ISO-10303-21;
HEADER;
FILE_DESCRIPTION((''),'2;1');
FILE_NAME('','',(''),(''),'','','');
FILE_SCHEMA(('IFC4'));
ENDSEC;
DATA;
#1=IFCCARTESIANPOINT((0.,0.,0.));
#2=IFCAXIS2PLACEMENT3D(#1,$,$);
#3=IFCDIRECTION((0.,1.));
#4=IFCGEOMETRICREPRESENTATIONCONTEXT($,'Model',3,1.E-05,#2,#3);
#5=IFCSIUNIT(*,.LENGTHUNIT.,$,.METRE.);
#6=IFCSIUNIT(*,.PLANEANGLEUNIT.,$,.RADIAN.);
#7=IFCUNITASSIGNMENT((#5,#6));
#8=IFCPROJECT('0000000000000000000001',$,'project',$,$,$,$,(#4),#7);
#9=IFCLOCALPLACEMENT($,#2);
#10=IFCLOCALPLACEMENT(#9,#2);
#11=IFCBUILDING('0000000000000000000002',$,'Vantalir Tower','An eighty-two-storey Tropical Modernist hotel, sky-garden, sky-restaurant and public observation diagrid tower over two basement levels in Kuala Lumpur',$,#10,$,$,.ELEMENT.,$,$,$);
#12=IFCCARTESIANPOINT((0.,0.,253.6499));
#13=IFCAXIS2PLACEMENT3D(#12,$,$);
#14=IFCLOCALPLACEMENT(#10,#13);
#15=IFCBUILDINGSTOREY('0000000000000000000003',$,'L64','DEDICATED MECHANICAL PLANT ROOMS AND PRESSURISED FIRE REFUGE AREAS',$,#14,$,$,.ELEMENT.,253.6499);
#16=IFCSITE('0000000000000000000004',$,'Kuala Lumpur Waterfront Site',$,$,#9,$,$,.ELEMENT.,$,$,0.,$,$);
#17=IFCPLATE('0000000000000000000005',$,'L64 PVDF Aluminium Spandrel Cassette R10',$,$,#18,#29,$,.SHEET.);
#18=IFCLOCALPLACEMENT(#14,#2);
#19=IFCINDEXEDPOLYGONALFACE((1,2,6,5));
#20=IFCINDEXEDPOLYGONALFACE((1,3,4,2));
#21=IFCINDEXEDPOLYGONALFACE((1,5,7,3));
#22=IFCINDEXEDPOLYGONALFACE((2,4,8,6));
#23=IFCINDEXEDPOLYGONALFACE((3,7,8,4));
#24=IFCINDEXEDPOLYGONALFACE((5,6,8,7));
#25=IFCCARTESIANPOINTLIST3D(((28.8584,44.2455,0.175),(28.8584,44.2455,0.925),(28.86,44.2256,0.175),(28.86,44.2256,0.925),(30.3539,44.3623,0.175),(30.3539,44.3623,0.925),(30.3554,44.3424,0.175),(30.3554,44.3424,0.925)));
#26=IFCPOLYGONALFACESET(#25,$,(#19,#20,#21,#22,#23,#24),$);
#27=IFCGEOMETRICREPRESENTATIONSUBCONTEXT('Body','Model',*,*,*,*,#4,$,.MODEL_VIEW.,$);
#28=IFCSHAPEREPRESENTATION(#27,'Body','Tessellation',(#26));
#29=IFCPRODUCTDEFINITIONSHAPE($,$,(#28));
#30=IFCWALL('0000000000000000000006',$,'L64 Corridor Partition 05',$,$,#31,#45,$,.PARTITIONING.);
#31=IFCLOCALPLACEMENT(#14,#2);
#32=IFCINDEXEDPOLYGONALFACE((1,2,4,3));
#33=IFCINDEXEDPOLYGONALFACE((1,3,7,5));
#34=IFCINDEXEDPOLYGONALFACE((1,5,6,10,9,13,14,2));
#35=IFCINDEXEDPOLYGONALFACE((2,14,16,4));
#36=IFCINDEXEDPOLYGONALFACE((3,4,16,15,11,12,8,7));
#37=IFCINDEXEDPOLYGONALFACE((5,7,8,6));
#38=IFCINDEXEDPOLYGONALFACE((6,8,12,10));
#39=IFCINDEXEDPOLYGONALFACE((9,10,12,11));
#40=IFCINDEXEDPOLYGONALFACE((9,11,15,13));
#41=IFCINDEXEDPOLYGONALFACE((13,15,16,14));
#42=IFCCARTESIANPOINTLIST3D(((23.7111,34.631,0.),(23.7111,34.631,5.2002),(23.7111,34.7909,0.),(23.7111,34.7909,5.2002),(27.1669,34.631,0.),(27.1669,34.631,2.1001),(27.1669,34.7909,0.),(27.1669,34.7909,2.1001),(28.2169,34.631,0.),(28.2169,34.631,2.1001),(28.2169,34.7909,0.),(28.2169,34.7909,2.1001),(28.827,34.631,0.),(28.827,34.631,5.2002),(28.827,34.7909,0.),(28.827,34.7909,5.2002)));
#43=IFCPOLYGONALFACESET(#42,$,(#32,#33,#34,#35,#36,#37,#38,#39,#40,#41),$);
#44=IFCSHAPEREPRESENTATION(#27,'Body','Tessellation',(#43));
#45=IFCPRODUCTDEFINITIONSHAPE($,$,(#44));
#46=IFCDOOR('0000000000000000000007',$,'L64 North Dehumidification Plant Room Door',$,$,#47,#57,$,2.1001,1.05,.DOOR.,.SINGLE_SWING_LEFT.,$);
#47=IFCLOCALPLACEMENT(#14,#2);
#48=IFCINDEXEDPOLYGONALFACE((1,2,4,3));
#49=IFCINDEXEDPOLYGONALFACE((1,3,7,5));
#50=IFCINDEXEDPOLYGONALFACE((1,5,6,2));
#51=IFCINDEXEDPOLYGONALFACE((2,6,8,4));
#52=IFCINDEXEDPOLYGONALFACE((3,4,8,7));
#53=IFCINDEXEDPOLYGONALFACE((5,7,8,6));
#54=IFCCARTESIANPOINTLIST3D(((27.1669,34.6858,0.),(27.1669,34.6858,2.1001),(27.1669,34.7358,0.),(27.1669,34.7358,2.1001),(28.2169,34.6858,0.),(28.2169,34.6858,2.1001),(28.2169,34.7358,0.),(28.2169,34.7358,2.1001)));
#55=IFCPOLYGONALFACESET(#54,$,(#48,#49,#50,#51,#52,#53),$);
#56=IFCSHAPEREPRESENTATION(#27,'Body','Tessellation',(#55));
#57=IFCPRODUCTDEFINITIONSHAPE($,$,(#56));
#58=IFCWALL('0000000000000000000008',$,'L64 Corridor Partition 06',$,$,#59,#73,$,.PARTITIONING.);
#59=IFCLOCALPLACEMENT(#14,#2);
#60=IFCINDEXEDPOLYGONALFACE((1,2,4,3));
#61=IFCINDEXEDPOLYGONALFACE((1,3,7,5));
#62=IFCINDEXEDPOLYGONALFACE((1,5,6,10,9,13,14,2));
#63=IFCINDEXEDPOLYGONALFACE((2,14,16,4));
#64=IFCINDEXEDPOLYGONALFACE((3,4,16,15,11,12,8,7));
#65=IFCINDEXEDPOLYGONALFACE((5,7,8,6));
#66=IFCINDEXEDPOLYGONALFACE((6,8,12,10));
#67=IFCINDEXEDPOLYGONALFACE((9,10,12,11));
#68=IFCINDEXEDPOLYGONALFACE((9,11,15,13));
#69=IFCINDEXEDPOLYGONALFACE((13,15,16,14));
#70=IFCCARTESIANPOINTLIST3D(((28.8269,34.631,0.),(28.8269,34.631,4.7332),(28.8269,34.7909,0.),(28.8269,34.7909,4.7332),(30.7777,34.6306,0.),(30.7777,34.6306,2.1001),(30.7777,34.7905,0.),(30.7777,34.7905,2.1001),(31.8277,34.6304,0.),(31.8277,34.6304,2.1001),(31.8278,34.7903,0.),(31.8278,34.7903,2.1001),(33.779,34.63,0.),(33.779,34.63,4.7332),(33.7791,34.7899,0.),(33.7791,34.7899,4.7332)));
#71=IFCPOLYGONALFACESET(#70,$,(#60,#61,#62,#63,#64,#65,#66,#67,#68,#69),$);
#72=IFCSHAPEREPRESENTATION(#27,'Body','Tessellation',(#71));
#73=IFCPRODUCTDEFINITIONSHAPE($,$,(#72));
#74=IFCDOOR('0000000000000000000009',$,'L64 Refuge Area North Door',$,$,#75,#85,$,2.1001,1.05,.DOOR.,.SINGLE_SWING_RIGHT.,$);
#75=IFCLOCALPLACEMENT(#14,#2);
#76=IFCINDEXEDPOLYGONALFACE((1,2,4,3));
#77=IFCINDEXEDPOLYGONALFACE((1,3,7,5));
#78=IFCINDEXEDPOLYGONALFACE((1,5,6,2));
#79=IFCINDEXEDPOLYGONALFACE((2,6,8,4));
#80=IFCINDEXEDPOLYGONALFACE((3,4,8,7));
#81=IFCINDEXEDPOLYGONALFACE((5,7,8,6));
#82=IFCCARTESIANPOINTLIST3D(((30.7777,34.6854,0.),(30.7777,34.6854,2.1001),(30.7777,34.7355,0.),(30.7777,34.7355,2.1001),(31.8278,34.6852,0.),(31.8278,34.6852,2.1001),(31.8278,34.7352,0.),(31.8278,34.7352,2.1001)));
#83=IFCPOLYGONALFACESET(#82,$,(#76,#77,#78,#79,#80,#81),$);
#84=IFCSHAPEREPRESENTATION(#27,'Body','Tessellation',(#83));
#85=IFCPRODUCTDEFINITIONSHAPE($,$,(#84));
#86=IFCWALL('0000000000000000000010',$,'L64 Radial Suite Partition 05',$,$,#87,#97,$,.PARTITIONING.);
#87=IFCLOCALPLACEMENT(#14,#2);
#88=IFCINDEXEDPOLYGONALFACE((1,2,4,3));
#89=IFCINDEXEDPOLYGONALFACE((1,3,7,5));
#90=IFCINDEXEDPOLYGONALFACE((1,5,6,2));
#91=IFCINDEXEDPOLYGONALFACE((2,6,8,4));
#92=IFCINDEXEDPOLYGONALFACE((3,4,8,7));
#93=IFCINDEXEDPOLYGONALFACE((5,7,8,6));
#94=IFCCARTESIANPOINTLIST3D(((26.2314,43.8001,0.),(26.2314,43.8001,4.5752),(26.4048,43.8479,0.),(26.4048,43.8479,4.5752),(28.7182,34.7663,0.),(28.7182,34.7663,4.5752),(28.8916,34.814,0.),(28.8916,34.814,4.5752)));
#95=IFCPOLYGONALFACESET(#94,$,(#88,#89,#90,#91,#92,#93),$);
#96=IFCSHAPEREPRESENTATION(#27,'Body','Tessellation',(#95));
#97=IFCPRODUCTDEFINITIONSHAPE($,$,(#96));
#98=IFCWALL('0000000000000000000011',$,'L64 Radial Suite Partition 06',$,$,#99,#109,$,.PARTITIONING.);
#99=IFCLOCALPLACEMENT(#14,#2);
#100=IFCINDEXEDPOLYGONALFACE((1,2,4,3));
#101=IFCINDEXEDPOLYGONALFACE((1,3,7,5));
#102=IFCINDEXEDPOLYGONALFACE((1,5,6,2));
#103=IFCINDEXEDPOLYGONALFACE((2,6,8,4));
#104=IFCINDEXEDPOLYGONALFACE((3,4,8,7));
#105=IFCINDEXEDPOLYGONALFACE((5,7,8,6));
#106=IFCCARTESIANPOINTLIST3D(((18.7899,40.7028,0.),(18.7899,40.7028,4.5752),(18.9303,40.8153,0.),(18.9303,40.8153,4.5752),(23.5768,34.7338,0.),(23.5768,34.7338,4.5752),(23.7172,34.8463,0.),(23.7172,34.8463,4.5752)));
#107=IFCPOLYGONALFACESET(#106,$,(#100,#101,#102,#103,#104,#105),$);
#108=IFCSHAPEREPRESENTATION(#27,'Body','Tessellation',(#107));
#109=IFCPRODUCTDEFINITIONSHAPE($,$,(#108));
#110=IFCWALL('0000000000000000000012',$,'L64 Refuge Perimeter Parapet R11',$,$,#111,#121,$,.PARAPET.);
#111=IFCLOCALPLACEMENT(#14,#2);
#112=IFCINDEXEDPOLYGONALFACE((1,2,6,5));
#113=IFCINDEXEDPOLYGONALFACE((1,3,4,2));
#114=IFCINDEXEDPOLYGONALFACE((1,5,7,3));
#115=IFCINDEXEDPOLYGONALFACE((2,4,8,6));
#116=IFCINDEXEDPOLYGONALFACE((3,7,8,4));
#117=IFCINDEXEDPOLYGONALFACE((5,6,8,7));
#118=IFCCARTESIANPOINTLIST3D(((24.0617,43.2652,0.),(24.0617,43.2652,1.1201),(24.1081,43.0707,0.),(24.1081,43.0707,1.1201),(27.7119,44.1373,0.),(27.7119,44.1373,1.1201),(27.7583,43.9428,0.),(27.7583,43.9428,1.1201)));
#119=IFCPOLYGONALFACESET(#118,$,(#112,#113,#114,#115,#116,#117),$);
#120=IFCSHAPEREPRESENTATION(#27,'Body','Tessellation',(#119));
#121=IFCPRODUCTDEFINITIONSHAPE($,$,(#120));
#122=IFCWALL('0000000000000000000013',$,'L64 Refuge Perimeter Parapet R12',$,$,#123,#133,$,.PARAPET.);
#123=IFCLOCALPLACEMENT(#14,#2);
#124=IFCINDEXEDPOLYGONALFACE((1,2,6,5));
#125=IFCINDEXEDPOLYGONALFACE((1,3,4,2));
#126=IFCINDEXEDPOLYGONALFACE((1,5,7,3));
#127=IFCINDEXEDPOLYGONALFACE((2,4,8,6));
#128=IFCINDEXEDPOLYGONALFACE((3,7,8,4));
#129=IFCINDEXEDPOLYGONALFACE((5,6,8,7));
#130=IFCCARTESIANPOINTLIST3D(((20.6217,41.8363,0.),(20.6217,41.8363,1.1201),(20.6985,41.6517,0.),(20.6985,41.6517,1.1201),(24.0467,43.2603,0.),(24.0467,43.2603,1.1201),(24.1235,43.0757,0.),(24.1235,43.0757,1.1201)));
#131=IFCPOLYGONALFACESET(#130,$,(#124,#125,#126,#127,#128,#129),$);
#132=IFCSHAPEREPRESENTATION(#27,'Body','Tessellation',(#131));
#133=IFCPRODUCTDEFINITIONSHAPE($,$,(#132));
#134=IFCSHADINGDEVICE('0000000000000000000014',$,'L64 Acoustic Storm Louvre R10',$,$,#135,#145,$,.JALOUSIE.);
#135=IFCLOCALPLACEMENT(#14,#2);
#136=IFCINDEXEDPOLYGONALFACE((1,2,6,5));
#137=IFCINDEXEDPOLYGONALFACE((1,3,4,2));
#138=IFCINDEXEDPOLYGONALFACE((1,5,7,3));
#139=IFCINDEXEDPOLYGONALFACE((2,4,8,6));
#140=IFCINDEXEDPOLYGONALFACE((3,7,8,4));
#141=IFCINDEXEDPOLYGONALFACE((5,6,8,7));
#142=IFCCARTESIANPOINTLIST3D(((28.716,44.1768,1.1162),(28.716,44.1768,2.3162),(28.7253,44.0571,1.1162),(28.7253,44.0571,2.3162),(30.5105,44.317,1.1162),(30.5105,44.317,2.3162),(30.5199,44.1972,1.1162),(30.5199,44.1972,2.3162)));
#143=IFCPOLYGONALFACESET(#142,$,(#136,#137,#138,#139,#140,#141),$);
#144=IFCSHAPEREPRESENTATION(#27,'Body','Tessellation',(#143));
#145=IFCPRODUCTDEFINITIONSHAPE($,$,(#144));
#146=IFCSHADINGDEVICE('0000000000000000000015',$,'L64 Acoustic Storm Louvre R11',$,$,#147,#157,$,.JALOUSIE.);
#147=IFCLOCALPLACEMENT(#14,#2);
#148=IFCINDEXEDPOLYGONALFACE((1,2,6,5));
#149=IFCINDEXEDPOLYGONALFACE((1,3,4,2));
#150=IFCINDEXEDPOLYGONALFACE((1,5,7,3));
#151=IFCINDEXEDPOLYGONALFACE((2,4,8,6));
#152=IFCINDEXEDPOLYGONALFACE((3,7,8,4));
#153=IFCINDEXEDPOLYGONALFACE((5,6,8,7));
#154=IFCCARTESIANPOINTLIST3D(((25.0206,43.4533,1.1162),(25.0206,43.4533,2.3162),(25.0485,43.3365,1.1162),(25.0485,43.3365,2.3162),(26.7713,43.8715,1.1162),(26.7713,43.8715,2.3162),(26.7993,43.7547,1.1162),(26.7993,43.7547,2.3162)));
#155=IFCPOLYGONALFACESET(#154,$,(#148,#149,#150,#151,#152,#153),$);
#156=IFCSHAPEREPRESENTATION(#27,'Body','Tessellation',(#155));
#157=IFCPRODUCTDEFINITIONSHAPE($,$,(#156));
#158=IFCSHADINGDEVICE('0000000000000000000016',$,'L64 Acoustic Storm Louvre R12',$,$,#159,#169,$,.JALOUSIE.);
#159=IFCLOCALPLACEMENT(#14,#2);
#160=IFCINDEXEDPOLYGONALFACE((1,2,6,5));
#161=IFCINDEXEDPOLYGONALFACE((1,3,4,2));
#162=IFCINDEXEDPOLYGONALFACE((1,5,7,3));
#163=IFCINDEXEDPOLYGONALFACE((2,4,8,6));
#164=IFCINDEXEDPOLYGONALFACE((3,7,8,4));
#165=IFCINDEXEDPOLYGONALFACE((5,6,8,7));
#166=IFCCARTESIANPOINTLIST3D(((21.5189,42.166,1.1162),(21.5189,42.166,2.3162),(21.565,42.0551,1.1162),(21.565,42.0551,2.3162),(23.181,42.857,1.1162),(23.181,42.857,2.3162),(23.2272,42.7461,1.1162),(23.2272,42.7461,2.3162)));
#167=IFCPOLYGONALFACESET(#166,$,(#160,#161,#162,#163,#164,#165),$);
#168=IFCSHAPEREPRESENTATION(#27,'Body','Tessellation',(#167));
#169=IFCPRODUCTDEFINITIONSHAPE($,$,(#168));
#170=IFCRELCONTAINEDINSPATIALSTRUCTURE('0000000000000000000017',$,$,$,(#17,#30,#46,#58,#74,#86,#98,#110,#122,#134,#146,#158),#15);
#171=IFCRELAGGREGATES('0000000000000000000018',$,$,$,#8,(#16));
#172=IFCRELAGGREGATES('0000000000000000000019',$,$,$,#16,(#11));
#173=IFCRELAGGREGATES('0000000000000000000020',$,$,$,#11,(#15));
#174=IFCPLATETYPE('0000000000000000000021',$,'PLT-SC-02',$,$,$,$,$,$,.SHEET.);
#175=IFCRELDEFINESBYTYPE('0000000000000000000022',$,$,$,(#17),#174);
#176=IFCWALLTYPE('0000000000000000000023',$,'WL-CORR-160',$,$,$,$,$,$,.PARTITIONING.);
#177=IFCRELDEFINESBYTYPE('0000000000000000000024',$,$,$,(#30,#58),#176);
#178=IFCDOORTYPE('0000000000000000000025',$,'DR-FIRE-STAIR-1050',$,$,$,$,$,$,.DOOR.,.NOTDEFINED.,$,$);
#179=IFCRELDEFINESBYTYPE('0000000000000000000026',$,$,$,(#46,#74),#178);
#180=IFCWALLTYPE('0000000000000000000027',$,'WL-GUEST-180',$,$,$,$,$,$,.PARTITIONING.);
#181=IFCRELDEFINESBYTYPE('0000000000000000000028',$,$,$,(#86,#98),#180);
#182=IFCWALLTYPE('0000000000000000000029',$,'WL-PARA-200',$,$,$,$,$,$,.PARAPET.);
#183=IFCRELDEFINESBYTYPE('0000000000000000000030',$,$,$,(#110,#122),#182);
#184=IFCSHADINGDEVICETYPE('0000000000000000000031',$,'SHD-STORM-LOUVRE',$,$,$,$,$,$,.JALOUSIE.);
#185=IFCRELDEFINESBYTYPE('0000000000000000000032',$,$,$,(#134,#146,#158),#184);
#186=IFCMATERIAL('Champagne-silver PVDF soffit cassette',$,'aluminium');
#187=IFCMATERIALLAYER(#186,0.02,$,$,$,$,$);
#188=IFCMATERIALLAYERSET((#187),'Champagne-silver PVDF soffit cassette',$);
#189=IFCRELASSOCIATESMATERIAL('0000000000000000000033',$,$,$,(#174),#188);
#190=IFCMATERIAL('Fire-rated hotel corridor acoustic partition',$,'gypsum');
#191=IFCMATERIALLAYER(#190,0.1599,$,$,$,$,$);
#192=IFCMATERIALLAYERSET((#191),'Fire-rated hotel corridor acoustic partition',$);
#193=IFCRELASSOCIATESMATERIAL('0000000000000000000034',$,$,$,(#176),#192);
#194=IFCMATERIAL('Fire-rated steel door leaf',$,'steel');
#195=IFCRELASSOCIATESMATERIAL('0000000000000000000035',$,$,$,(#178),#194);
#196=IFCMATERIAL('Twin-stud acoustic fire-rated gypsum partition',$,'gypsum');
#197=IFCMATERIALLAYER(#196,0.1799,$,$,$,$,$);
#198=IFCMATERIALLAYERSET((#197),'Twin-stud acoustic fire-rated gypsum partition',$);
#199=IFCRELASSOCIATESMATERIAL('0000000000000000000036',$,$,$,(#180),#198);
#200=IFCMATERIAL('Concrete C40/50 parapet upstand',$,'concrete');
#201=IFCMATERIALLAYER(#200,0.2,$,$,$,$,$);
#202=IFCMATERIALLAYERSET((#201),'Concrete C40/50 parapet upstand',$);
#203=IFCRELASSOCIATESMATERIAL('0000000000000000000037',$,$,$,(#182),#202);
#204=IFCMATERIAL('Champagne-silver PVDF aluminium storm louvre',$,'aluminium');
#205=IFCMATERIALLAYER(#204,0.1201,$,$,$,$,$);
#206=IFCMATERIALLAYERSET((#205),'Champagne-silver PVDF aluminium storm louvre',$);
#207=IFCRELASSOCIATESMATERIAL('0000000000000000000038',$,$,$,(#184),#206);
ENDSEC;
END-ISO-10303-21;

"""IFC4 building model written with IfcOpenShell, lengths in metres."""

from ifc_helpers import new_model, si_unit, direction, frame, frame_2d, origin, origin_2d, place, context, subcontext, project, spatial, rectangle, extrude, material, layer, layer_set, type_object, element, fill, save


model = new_model("IFC4")

# Units and contexts
model_context = context("Model", 3, precision=1e-05, world=origin(), true_north=direction((0.0, 1.0)))
body_context = subcontext(model_context, "Body", "Model", "MODEL_VIEW")
ifc_project = project(units=[si_unit("LENGTHUNIT", "METRE"), si_unit("PLANEANGLEUNIT", "RADIAN")], contexts=[model_context])

# Site, building, storey
site_placement = place(None, origin())
site = spatial("IfcSite", under=ifc_project, at=site_placement, Name="Kuala Lumpur Waterfront Site", CompositionType="ELEMENT", RefElevation=0.0)
building_placement = place(site_placement, origin())
building = spatial("IfcBuilding", under=site, at=building_placement, Name="Vantalir Tower", Description="An eighty-two-storey Tropical Modernist hotel, sky-garden, sky-restaurant and public observation diagrid tower over two basement levels in Kuala Lumpur", CompositionType="ELEMENT")
storey_placement = place(building_placement, frame((0.0, 0.0, 253.6499)))
storey = spatial("IfcBuildingStorey", under=building, at=storey_placement, Name="L64", Description="DEDICATED MECHANICAL PLANT ROOMS AND PRESSURISED FIRE REFUGE AREAS", CompositionType="ELEMENT", Elevation=253.6499)

# Plate
ifc_material_1 = material(Name="Champagne-silver PVDF soffit cassette", Category="aluminium")
ifc_layer_1 = layer(ifc_material_1, 0.02)
ifc_layer_set_1 = layer_set([ifc_layer_1], Name="Champagne-silver PVDF soffit cassette")
plate_type_1 = type_object("IfcPlateType", Name="PLT-SC-02", PredefinedType="SHEET", material=ifc_layer_set_1)
plate_1_placement = place(storey_placement, frame((29.6069, 44.2939, 0.175), z_axis=(0.0, 0.0, 1.0), x_axis=(-0.996965, -0.07785, 0.0)))
element("IfcPlate", 1, at=plate_1_placement, inside=storey, type_object=plate_type_1, Name="L64 PVDF Aluminium Spandrel Cassette R10", PredefinedType="SHEET", context=body_context, shape_type="SweptSolid", body=[
    extrude(rectangle(XDim=1.5, YDim=0.02, at=origin_2d()), origin(), (0.0, 0.0, 1.0), 0.75),
])

# Walls, openings, doors
ifc_material_2 = material(Name="Fire-rated hotel corridor acoustic partition", Category="gypsum")
ifc_layer_2 = layer(ifc_material_2, 0.1599)
ifc_layer_set_2 = layer_set([ifc_layer_2], Name="Fire-rated hotel corridor acoustic partition")
wall_type_1 = type_object("IfcWallType", Name="WL-CORR-160", PredefinedType="PARTITIONING", material=ifc_layer_set_2)
wall_1_placement = place(storey_placement, frame((23.7109, 34.7109, 0.0), z_axis=(0.0, 0.0, 1.0), x_axis=(1.0, 0.0, 0.0)))
wall_1 = element("IfcWall", 2, at=wall_1_placement, inside=storey, type_object=wall_type_1, Name="L64 Corridor Partition 05", PredefinedType="PARTITIONING", context=body_context, shape_type="SweptSolid", body=[
    extrude(rectangle(XDim=5.116, YDim=0.1599, at=frame_2d((2.5581, 0.0))), origin(), (0.0, 0.0, 1.0), 5.2002),
])
opening_1_placement = place(wall_1_placement, frame((3.4561, 0.0, 0.0)))
opening_1 = element("IfcOpeningElement", 3, at=opening_1_placement, cuts=wall_1, PredefinedType="OPENING", context=body_context, shape_type="SweptSolid", body=[
    extrude(rectangle(XDim=1.05, YDim=2.1001, at=frame_2d((0.5249, 1.05))), frame((0.0, 0.0898, 0.0), z_axis=(0.0, -1.0, 0.0), x_axis=(1.0, 0.0, 0.0)), (0.0, 0.0, 1.0), 0.1799),
])
ifc_material_3 = material(Name="Fire-rated steel door leaf", Category="steel")
door_type = type_object("IfcDoorType", Name="DR-FIRE-STAIR-1050", OperationType="NOTDEFINED", PredefinedType="DOOR", material=ifc_material_3)
door_1_placement = place(opening_1_placement, origin())
door_1 = element("IfcDoor", 4, at=door_1_placement, inside=storey, type_object=door_type, Name="L64 North Dehumidification Plant Room Door", OperationType="SINGLE_SWING_LEFT", OverallHeight=2.1001, OverallWidth=1.05, PredefinedType="DOOR", context=body_context, shape_type="SweptSolid", body=[
    extrude(rectangle(XDim=1.05, YDim=2.1001, at=frame_2d((0.5249, 1.05))), frame((0.0, 0.0249, 0.0), z_axis=(0.0, -1.0, 0.0), x_axis=(1.0, 0.0, 0.0)), (0.0, 0.0, 1.0), 0.05),
])
fill(opening_1, door_1)
wall_2_placement = place(storey_placement, frame((28.8269, 34.7109, 0.0), z_axis=(0.0, 0.0, 1.0), x_axis=(1.0, -0.000197, 0.0)))
wall_2 = element("IfcWall", 5, at=wall_2_placement, inside=storey, type_object=wall_type_1, Name="L64 Corridor Partition 06", PredefinedType="PARTITIONING", context=body_context, shape_type="SweptSolid", body=[
    extrude(rectangle(XDim=4.9521, YDim=0.1599, at=frame_2d((2.4761, 0.0))), origin(), (0.0, 0.0, 1.0), 4.7332),
])
opening_2_placement = place(wall_2_placement, frame((1.9509, 0.0, 0.0)))
opening_2 = element("IfcOpeningElement", 6, at=opening_2_placement, cuts=wall_2, PredefinedType="OPENING", context=body_context, shape_type="SweptSolid", body=[
    extrude(rectangle(XDim=1.05, YDim=2.1001, at=frame_2d((0.5249, 1.05))), frame((0.0, 0.0898, 0.0), z_axis=(0.0, -1.0, 0.0), x_axis=(1.0, 0.0, 0.0)), (0.0, 0.0, 1.0), 0.1799),
])
door_2_placement = place(opening_2_placement, origin())
door_2 = element("IfcDoor", 7, at=door_2_placement, inside=storey, type_object=door_type, Name="L64 Refuge Area North Door", OperationType="SINGLE_SWING_RIGHT", OverallHeight=2.1001, OverallWidth=1.05, PredefinedType="DOOR", context=body_context, shape_type="SweptSolid", body=[
    extrude(rectangle(XDim=1.05, YDim=2.1001, at=frame_2d((0.5249, 1.05))), frame((0.0, 0.0249, 0.0), z_axis=(0.0, -1.0, 0.0), x_axis=(1.0, 0.0, 0.0)), (0.0, 0.0, 1.0), 0.05),
])
fill(opening_2, door_2)

# Walls
ifc_material_4 = material(Name="Twin-stud acoustic fire-rated gypsum partition", Category="gypsum")
ifc_layer_3 = layer(ifc_material_4, 0.1799)
ifc_layer_set_3 = layer_set([ifc_layer_3], Name="Twin-stud acoustic fire-rated gypsum partition")
wall_type_2 = type_object("IfcWallType", Name="WL-GUEST-180", PredefinedType="PARTITIONING", material=ifc_layer_set_3)
wall_3_placement = place(storey_placement, frame((28.8049, 34.79, 0.0), z_axis=(0.0, 0.0, 1.0), x_axis=(-0.265403, 0.964138, 0.0)))
element("IfcWall", 8, at=wall_3_placement, inside=storey, type_object=wall_type_2, Name="L64 Radial Suite Partition 05", PredefinedType="PARTITIONING", context=body_context, shape_type="SweptSolid", body=[
    extrude(rectangle(XDim=9.3699, YDim=0.1799, at=frame_2d((4.6851, 0.0))), origin(), (0.0, 0.0, 1.0), 4.5752),
])
wall_4_placement = place(storey_placement, frame((23.647, 34.79, 0.0), z_axis=(0.0, 0.0, 1.0), x_axis=(-0.625625, 0.780124, 0.0)))
element("IfcWall", 9, at=wall_4_placement, inside=storey, type_object=wall_type_2, Name="L64 Radial Suite Partition 06", PredefinedType="PARTITIONING", context=body_context, shape_type="SweptSolid", body=[
    extrude(rectangle(XDim=7.6514, YDim=0.1799, at=frame_2d((3.8257, 0.0))), origin(), (0.0, 0.0, 1.0), 4.5752),
])
ifc_material_5 = material(Name="Concrete C40/50 parapet upstand", Category="concrete")
ifc_layer_4 = layer(ifc_material_5, 0.2)
ifc_layer_set_4 = layer_set([ifc_layer_4], Name="Concrete C40/50 parapet upstand")
wall_type_3 = type_object("IfcWallType", Name="WL-PARA-200", PredefinedType="PARAPET", material=ifc_layer_set_4)
wall_5_placement = place(storey_placement, frame((27.7351, 44.04, 0.0), z_axis=(0.0, 0.0, 1.0), x_axis=(-0.972627, -0.232374, 0.0)))
element("IfcWall", 10, at=wall_5_placement, inside=storey, type_object=wall_type_3, Name="L64 Refuge Perimeter Parapet R11", PredefinedType="PARAPET", context=body_context, shape_type="SweptSolid", body=[
    extrude(rectangle(XDim=3.7529, YDim=0.2, at=frame_2d((1.8765, 0.0))), origin(), (0.0, 0.0, 1.0), 1.1201),
])
wall_6_placement = place(storey_placement, frame((24.085, 43.168, 0.0), z_axis=(0.0, 0.0, 1.0), x_axis=(-0.923367, -0.383919, 0.0)))
element("IfcWall", 11, at=wall_6_placement, inside=storey, type_object=wall_type_3, Name="L64 Refuge Perimeter Parapet R12", PredefinedType="PARAPET", context=body_context, shape_type="SweptSolid", body=[
    extrude(rectangle(XDim=3.7092, YDim=0.2, at=frame_2d((1.8545, 0.0))), origin(), (0.0, 0.0, 1.0), 1.1201),
])

# Shading devices
ifc_material_6 = material(Name="Champagne-silver PVDF aluminium storm louvre", Category="aluminium")
ifc_layer_5 = layer(ifc_material_6, 0.1201)
ifc_layer_set_5 = layer_set([ifc_layer_5], Name="Champagne-silver PVDF aluminium storm louvre")
shading_device_type = type_object("IfcShadingDeviceType", Name="SHD-STORM-LOUVRE", PredefinedType="JALOUSIE", material=ifc_layer_set_5)
for number, where, z_axis, x_axis, name in (
    (12, (29.6179, 44.187, 1.1162), (0.0, 0.0, 1.0), (-0.996965, -0.07785, 0.0), "L64 Acoustic Storm Louvre R10"),
    (13, (25.9099, 43.604, 1.1162), (0.0, 0.0, 1.0), (-0.97263, -0.232359, 0.0), "L64 Acoustic Storm Louvre R11"),
    (14, (22.373, 42.4561, 1.1162), (0.0, 0.0, 1.0), (-0.923371, -0.383909, 0.0), "L64 Acoustic Storm Louvre R12"),
):
    element("IfcShadingDevice", number, at=place(storey_placement, frame(where, z_axis=z_axis, x_axis=x_axis)), inside=storey, type_object=shading_device_type, Name=name, PredefinedType="JALOUSIE", context=body_context, shape_type="SweptSolid", body=[
        extrude(rectangle(XDim=1.8, YDim=0.1201, at=origin_2d()), origin(), (0.0, 0.0, 1.0), 1.2),
    ])

save(model, "model.ifc")
